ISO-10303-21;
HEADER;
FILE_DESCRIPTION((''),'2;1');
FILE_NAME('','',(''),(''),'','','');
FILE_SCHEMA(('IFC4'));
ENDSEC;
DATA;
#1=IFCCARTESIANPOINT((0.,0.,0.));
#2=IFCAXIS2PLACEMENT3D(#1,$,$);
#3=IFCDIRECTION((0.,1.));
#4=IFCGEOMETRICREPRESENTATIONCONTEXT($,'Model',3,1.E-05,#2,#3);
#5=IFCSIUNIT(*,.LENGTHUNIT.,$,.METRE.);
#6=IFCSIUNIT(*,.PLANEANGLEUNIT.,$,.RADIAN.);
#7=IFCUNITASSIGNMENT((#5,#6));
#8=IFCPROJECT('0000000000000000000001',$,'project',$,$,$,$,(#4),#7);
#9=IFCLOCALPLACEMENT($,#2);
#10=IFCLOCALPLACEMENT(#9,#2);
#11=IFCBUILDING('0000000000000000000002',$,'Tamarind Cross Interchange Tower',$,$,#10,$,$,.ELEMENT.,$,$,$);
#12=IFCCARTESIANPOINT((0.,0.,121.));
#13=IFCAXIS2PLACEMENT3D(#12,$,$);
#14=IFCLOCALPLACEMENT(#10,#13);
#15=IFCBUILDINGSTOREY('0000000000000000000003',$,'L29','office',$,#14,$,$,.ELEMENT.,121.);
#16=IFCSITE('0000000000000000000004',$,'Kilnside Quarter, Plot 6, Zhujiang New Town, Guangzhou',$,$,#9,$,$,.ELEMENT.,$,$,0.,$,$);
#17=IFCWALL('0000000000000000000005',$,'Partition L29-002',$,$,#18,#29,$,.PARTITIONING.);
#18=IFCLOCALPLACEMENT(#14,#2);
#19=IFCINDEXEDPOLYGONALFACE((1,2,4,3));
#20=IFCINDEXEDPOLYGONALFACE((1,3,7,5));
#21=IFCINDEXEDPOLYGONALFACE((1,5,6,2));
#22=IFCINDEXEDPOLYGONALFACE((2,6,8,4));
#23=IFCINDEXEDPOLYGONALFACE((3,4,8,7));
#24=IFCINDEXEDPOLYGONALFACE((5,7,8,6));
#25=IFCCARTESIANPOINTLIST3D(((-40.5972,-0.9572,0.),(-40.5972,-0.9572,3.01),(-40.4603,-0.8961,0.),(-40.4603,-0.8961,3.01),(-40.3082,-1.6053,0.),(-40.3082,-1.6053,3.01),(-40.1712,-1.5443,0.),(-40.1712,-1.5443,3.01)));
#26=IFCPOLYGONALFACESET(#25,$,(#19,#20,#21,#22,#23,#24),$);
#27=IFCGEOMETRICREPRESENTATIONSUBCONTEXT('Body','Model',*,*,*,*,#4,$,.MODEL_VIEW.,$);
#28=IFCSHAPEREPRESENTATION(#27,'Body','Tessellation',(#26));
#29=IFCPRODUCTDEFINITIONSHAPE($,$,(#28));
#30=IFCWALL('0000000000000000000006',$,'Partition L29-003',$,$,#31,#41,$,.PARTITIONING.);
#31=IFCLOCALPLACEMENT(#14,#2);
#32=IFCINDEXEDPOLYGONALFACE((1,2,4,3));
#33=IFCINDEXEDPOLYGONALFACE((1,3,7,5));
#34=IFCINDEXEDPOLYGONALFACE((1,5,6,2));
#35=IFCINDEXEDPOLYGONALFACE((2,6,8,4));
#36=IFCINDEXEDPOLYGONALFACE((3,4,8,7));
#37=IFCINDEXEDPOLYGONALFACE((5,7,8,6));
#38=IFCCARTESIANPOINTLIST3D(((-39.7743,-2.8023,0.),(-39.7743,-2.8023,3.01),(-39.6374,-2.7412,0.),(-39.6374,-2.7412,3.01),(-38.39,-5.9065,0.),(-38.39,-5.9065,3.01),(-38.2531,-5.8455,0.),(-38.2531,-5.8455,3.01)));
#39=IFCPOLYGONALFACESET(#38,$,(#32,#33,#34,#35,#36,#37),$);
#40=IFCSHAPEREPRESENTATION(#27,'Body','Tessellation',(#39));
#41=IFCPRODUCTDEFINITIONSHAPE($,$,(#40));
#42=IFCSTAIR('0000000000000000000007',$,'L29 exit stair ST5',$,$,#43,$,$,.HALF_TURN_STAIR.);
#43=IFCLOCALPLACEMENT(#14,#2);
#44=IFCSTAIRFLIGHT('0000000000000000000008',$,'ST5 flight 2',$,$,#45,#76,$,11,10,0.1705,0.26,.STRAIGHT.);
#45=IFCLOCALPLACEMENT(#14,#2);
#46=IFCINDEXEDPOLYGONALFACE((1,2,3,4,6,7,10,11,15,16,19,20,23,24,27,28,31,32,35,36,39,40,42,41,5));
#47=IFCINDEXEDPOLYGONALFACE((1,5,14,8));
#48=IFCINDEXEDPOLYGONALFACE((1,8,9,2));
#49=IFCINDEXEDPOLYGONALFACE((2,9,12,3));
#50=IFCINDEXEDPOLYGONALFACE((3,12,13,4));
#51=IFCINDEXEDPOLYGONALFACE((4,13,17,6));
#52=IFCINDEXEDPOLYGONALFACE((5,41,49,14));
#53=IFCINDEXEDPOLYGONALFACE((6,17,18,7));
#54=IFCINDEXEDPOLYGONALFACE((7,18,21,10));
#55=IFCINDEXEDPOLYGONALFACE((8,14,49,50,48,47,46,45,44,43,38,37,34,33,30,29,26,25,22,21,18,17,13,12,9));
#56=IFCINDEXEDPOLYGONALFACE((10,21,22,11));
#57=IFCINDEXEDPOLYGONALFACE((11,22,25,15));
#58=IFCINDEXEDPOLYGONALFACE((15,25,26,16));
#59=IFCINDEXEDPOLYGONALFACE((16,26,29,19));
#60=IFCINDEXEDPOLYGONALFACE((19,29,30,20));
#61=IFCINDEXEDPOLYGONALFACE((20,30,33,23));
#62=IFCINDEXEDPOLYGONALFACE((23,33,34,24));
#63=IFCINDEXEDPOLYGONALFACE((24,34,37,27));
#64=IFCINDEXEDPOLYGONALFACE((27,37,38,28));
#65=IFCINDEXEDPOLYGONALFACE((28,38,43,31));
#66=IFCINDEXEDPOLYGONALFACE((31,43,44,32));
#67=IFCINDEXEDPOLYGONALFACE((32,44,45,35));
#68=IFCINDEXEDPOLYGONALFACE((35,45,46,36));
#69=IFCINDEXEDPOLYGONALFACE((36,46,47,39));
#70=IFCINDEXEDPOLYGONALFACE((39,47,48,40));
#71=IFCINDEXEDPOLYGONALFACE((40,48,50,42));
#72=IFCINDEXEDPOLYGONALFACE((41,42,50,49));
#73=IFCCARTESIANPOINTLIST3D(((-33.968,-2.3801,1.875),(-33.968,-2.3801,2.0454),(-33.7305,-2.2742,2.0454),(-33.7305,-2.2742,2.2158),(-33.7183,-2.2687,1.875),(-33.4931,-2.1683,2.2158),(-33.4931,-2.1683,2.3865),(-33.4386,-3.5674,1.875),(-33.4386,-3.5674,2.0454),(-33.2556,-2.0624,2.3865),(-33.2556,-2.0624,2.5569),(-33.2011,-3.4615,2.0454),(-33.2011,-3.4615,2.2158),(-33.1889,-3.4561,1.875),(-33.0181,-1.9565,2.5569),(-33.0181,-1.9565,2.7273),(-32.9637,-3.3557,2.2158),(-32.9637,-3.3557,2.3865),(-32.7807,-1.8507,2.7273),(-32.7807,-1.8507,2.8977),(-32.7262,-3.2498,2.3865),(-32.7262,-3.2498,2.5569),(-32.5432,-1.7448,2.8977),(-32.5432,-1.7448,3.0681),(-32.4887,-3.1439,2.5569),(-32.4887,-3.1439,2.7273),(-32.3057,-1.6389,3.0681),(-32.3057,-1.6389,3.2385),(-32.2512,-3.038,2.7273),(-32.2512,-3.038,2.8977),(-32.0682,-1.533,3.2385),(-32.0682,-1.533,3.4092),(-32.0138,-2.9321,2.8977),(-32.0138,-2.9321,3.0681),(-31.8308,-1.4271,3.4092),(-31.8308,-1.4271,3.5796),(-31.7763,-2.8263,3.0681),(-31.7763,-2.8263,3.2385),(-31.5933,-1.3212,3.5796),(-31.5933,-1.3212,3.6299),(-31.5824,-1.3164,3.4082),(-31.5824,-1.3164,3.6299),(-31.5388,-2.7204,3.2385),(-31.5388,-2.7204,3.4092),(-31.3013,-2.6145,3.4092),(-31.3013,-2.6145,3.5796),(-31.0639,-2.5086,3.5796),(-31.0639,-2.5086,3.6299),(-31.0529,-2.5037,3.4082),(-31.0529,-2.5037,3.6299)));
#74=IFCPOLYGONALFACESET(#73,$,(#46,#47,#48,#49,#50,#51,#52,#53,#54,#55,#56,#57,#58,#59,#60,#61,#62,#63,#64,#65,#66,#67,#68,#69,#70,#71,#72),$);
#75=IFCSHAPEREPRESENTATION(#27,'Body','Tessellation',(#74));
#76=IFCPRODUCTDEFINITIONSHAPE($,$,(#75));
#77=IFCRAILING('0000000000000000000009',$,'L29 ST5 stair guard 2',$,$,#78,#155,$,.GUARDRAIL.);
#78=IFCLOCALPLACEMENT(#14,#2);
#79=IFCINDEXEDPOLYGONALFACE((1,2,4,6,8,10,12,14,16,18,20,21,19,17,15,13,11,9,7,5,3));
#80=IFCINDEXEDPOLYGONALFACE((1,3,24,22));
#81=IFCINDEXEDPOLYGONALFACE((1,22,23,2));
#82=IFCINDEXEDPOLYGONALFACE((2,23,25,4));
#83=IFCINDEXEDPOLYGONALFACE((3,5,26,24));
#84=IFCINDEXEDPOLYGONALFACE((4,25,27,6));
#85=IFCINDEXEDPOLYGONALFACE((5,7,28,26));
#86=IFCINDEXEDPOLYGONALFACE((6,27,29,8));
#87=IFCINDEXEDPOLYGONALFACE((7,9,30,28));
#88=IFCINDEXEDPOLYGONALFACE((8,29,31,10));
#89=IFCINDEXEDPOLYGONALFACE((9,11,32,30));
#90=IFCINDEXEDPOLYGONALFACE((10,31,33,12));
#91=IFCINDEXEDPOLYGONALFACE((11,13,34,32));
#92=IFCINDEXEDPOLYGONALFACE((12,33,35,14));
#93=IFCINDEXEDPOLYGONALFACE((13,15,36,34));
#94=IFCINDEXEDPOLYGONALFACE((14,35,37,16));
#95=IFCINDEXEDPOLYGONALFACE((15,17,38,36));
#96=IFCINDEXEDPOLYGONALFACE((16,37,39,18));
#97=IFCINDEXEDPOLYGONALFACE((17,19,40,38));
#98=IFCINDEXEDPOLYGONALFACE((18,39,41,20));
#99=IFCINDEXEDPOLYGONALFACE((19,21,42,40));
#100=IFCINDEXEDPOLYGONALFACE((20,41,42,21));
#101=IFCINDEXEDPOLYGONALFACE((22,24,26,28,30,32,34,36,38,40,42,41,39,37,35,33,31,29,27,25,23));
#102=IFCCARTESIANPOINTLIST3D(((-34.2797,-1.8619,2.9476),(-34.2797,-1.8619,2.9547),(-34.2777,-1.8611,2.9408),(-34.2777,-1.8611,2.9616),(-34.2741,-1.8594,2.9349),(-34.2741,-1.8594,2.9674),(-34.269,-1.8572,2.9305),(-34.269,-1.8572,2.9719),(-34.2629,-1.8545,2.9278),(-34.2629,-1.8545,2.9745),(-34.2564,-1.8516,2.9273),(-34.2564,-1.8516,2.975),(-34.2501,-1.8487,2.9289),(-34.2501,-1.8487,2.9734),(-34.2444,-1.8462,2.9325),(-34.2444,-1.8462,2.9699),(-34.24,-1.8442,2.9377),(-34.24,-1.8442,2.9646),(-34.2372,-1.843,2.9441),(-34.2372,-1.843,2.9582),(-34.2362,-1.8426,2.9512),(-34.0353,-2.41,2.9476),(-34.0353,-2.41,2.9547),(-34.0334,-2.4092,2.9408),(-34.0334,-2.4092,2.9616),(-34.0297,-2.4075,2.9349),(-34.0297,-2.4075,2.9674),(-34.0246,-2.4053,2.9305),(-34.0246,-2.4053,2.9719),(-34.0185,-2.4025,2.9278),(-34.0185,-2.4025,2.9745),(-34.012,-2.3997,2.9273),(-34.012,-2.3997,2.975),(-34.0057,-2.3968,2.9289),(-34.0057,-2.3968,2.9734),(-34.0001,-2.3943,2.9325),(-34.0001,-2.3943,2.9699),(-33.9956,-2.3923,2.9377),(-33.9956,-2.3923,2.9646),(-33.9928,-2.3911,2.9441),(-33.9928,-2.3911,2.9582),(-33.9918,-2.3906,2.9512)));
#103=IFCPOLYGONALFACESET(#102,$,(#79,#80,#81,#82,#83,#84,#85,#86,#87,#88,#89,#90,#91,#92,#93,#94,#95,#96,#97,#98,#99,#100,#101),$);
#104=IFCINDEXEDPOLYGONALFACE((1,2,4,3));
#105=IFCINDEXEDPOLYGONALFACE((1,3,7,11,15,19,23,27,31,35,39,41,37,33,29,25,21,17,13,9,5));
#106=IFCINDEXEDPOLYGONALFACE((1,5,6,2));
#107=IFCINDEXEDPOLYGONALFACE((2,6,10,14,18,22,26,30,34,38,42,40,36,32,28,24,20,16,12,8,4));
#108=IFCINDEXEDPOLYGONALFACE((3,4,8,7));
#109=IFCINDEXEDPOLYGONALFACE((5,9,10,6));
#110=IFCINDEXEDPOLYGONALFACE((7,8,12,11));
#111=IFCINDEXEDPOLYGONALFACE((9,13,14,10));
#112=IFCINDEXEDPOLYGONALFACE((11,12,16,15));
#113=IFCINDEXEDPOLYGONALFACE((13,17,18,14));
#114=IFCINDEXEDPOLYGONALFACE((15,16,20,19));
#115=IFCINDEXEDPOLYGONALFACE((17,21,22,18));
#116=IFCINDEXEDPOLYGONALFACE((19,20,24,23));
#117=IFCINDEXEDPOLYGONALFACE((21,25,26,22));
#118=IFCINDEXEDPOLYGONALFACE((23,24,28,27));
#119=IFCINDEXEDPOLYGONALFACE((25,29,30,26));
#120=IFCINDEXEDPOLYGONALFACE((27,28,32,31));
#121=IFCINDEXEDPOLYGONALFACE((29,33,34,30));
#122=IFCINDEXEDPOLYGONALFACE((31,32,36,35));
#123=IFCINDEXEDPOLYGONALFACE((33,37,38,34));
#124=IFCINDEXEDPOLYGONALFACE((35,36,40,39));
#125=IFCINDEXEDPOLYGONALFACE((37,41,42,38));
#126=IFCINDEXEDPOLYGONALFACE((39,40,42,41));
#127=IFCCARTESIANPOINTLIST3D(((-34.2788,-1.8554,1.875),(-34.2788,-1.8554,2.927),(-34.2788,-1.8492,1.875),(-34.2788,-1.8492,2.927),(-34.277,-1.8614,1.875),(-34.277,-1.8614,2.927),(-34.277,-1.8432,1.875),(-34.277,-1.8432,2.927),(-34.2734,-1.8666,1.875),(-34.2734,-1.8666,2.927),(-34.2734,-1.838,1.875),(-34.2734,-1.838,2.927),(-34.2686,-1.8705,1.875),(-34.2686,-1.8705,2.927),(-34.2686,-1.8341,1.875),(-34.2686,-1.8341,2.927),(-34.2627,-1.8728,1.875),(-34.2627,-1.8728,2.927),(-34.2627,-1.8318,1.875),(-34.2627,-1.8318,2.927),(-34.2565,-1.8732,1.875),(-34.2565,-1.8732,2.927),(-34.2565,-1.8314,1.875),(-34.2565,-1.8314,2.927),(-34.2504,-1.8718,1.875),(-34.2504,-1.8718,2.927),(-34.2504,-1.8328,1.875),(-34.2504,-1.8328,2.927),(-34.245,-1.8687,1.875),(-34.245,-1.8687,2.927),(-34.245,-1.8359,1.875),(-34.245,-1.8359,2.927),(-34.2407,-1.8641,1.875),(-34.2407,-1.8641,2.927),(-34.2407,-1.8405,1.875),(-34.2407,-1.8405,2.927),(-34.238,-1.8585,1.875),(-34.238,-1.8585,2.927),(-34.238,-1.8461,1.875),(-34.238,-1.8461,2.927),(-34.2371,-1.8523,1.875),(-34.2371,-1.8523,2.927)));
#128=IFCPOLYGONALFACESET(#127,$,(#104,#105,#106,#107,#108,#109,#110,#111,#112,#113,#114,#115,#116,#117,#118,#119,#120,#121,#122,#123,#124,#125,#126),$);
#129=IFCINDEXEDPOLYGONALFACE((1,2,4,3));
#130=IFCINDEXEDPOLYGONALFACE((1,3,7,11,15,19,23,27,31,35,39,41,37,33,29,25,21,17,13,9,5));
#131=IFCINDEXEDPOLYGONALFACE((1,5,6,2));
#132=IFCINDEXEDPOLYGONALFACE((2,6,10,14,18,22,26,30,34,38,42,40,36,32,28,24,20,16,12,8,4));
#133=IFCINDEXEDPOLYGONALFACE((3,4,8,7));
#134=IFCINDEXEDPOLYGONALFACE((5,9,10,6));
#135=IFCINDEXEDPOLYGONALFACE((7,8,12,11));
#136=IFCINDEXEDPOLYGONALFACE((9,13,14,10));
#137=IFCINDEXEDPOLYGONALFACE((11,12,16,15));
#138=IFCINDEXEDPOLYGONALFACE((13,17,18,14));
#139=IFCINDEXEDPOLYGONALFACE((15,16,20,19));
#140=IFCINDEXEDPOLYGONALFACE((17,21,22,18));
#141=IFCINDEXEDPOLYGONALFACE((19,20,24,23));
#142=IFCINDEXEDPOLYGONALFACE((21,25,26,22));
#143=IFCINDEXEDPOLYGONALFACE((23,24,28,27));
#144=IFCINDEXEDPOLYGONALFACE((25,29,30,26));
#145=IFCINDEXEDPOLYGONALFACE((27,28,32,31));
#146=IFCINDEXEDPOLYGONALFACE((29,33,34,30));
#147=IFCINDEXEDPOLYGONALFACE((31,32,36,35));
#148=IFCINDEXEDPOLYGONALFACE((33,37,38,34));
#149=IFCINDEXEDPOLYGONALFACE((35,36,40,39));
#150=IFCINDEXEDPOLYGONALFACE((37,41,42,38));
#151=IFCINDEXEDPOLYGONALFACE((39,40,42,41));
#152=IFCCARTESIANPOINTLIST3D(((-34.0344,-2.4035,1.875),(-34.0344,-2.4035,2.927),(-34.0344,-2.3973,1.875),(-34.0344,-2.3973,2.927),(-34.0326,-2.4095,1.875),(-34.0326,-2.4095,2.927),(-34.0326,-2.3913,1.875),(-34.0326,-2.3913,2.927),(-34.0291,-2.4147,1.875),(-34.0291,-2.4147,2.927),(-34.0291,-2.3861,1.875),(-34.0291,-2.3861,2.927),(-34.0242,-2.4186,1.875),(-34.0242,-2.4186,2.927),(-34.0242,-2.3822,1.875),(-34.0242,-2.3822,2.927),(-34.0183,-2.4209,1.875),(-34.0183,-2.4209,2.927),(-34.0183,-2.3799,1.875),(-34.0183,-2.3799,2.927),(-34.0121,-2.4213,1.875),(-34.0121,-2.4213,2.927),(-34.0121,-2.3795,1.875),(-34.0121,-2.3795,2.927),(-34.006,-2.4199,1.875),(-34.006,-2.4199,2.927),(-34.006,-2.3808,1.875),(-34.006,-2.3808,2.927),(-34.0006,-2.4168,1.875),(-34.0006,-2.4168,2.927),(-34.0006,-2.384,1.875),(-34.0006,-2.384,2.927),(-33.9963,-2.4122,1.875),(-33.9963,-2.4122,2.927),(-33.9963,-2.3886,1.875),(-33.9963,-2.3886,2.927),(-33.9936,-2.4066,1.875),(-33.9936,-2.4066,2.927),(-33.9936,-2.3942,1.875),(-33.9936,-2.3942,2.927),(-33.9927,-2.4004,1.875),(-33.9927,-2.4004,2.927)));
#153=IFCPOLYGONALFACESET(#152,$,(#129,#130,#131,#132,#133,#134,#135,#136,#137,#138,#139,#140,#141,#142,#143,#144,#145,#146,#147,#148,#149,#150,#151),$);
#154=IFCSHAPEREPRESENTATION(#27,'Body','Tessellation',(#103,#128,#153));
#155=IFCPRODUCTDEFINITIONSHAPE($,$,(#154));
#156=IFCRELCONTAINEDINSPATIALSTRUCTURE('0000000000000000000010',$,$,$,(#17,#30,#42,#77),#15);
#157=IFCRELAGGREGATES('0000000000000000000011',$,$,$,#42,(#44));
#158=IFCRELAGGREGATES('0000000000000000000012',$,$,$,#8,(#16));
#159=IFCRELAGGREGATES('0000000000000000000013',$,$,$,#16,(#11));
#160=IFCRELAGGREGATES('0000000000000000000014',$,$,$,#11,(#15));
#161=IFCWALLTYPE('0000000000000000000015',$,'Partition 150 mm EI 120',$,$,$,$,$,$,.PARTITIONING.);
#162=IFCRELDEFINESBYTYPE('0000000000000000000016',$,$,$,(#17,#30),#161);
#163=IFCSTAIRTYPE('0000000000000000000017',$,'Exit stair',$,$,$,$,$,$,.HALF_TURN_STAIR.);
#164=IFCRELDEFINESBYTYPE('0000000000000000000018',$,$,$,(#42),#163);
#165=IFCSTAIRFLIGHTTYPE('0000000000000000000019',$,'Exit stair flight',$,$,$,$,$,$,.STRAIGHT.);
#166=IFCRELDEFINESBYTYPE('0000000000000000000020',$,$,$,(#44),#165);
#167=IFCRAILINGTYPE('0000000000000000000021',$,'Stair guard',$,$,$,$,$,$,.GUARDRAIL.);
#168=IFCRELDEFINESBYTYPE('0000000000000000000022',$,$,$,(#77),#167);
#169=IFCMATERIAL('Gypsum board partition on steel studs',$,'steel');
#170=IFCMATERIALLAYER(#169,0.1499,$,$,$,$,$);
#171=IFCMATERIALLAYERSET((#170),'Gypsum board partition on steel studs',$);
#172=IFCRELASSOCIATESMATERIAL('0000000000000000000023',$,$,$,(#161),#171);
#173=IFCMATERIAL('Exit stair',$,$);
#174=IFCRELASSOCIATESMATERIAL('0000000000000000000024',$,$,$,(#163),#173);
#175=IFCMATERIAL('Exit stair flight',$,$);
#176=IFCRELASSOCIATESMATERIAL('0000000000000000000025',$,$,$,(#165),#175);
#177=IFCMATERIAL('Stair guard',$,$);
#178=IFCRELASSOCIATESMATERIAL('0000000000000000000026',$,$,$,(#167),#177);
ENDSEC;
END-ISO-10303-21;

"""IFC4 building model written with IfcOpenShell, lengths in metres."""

from ifc_helpers import new_model, si_unit, direction, frame, frame_2d, origin, origin_2d, place, context, subcontext, project, spatial, polyline, rectangle, circle, outline, extrude, material, layer, layer_set, type_object, element, aggregate, save


model = new_model("IFC4")

# Units and contexts
model_context = context("Model", 3, precision=1e-05, world=origin(), true_north=direction((0.0, 1.0)))
body_context = subcontext(model_context, "Body", "Model", "MODEL_VIEW")
ifc_project = project(units=[si_unit("LENGTHUNIT", "METRE"), si_unit("PLANEANGLEUNIT", "RADIAN")], contexts=[model_context])

# Site, building, storey
site_placement = place(None, origin())
site = spatial("IfcSite", under=ifc_project, at=site_placement, Name="Kilnside Quarter, Plot 6, Zhujiang New Town, Guangzhou", CompositionType="ELEMENT", RefElevation=0.0)
building_placement = place(site_placement, origin())
building = spatial("IfcBuilding", under=site, at=building_placement, Name="Tamarind Cross Interchange Tower", CompositionType="ELEMENT")
storey_placement = place(building_placement, frame((0.0, 0.0, 121.0)))
storey = spatial("IfcBuildingStorey", under=building, at=storey_placement, Name="L29", Description="office", CompositionType="ELEMENT", Elevation=121.0)

# Shared definitions
ifc_material_1 = material(Name="Gypsum board partition on steel studs", Category="steel")
ifc_layer_1 = layer(ifc_material_1, 0.1499)
ifc_layer_set_1 = layer_set([ifc_layer_1], Name="Gypsum board partition on steel studs")
wall_type = type_object("IfcWallType", Name="Partition 150 mm EI 120", PredefinedType="PARTITIONING", material=ifc_layer_set_1)

# Walls
wall_1_placement = place(storey_placement, frame((-40.5288, -0.9265, 0.0), z_axis=(0.0, 0.0, 1.0), x_axis=(0.407287, -0.9133, 0.0)))
element("IfcWall", 1, at=wall_1_placement, inside=storey, type_object=wall_type, Name="Partition L29-002", PredefinedType="PARTITIONING", context=body_context, shape_type="SweptSolid", body=[
    extrude(rectangle(XDim=0.7097, YDim=0.1499, at=frame_2d((0.355, 0.0))), origin(), (0.0, 0.0, 1.0), 3.01),
])
wall_2_placement = place(storey_placement, frame((-39.7058, -2.7717, 0.0), z_axis=(0.0, 0.0, 1.0), x_axis=(0.407271, -0.913307, 0.0)))
element("IfcWall", 2, at=wall_2_placement, inside=storey, type_object=wall_type, Name="Partition L29-003", PredefinedType="PARTITIONING", context=body_context, shape_type="SweptSolid", body=[
    extrude(rectangle(XDim=3.3989, YDim=0.1499, at=frame_2d((1.6995, 0.0))), origin(), (0.0, 0.0, 1.0), 3.01),
])

# Stair, stair flight
ifc_material_2 = material(Name="Exit stair")
stair_type = type_object("IfcStairType", Name="Exit stair", PredefinedType="HALF_TURN_STAIR", material=ifc_material_2)
stair_placement = place(storey_placement, origin())
stair = element("IfcStair", 3, at=stair_placement, inside=storey, type_object=stair_type, Name="L29 exit stair ST5", PredefinedType="HALF_TURN_STAIR")
ifc_material_3 = material(Name="Exit stair flight")
stair_flight_type = type_object("IfcStairFlightType", Name="Exit stair flight", PredefinedType="STRAIGHT", material=ifc_material_3)
stair_flight_placement = place(storey_placement, frame((-33.7034, -2.9736, 1.875), z_axis=(0.0, 0.0, 1.0), x_axis=(0.91333, 0.407221, 0.0)))
stair_flight = element("IfcStairFlight", 4, at=stair_flight_placement, type_object=stair_flight_type, Name="ST5 flight 2", NumberOfRisers=11, NumberOfTreads=10, PredefinedType="STRAIGHT", RiserHeight=0.1705, TreadLength=0.26, context=body_context, shape_type="SweptSolid", body=[
    extrude(outline(polyline([(0.0, 0.0), (0.0, 0.1704), (0.26, 0.1704), (0.26, 0.3408), (0.52, 0.3408), (0.52, 0.5115), (0.78, 0.5115), (0.78, 0.6819), (1.04, 0.6819), (1.04, 0.8523), (1.3, 0.8523), (1.3, 1.0227), (1.5601, 1.0227), (1.5601, 1.1931), (1.8201, 1.1931), (1.8201, 1.3635), (2.0801, 1.3635), (2.0801, 1.5342), (2.3401, 1.5342), (2.3401, 1.7046), (2.6001, 1.7046), (2.6001, 1.7549), (2.6121, 1.7549), (2.6121, 1.5332), (0.2734, 0.0), (0.0, 0.0)])), frame((0.0, 0.6499, 0.0), z_axis=(0.0, -1.0, 0.0), x_axis=(1.0, 0.0, 0.0)), (0.0, 0.0, 1.0), 1.3),
])
aggregate(stair, [stair_flight])

# Railing
ifc_material_4 = material(Name="Stair guard")
railing_type_1 = type_object("IfcRailingType", Name="Stair guard", PredefinedType="GUARDRAIL", material=ifc_material_4)
railing_1_placement = place(storey_placement, frame((-34.2581, -1.8523, 1.875)))
element("IfcRailing", 5, at=railing_1_placement, inside=storey, type_object=railing_type_1, Name="L29 ST5 stair guard 2", PredefinedType="GUARDRAIL", context=body_context, shape_type="SweptSolid", body=[
    extrude(circle(Radius=0.0239, at=origin_2d()), frame((0.0, 0.0, 1.0762), z_axis=(0.407233, -0.913324, 0.0), x_axis=(0.913324, 0.407233, 0.0)), (0.0, 0.0, 1.0), 0.6001),
    extrude(circle(Radius=0.021, at=origin_2d()), origin(), (0.0, 0.0, 1.0), 1.052),
    extrude(circle(Radius=0.021, at=origin_2d()), frame((0.2444, -0.5481, 0.0)), (0.0, 0.0, 1.0), 1.052),
])

save(model, "model.ifc")
